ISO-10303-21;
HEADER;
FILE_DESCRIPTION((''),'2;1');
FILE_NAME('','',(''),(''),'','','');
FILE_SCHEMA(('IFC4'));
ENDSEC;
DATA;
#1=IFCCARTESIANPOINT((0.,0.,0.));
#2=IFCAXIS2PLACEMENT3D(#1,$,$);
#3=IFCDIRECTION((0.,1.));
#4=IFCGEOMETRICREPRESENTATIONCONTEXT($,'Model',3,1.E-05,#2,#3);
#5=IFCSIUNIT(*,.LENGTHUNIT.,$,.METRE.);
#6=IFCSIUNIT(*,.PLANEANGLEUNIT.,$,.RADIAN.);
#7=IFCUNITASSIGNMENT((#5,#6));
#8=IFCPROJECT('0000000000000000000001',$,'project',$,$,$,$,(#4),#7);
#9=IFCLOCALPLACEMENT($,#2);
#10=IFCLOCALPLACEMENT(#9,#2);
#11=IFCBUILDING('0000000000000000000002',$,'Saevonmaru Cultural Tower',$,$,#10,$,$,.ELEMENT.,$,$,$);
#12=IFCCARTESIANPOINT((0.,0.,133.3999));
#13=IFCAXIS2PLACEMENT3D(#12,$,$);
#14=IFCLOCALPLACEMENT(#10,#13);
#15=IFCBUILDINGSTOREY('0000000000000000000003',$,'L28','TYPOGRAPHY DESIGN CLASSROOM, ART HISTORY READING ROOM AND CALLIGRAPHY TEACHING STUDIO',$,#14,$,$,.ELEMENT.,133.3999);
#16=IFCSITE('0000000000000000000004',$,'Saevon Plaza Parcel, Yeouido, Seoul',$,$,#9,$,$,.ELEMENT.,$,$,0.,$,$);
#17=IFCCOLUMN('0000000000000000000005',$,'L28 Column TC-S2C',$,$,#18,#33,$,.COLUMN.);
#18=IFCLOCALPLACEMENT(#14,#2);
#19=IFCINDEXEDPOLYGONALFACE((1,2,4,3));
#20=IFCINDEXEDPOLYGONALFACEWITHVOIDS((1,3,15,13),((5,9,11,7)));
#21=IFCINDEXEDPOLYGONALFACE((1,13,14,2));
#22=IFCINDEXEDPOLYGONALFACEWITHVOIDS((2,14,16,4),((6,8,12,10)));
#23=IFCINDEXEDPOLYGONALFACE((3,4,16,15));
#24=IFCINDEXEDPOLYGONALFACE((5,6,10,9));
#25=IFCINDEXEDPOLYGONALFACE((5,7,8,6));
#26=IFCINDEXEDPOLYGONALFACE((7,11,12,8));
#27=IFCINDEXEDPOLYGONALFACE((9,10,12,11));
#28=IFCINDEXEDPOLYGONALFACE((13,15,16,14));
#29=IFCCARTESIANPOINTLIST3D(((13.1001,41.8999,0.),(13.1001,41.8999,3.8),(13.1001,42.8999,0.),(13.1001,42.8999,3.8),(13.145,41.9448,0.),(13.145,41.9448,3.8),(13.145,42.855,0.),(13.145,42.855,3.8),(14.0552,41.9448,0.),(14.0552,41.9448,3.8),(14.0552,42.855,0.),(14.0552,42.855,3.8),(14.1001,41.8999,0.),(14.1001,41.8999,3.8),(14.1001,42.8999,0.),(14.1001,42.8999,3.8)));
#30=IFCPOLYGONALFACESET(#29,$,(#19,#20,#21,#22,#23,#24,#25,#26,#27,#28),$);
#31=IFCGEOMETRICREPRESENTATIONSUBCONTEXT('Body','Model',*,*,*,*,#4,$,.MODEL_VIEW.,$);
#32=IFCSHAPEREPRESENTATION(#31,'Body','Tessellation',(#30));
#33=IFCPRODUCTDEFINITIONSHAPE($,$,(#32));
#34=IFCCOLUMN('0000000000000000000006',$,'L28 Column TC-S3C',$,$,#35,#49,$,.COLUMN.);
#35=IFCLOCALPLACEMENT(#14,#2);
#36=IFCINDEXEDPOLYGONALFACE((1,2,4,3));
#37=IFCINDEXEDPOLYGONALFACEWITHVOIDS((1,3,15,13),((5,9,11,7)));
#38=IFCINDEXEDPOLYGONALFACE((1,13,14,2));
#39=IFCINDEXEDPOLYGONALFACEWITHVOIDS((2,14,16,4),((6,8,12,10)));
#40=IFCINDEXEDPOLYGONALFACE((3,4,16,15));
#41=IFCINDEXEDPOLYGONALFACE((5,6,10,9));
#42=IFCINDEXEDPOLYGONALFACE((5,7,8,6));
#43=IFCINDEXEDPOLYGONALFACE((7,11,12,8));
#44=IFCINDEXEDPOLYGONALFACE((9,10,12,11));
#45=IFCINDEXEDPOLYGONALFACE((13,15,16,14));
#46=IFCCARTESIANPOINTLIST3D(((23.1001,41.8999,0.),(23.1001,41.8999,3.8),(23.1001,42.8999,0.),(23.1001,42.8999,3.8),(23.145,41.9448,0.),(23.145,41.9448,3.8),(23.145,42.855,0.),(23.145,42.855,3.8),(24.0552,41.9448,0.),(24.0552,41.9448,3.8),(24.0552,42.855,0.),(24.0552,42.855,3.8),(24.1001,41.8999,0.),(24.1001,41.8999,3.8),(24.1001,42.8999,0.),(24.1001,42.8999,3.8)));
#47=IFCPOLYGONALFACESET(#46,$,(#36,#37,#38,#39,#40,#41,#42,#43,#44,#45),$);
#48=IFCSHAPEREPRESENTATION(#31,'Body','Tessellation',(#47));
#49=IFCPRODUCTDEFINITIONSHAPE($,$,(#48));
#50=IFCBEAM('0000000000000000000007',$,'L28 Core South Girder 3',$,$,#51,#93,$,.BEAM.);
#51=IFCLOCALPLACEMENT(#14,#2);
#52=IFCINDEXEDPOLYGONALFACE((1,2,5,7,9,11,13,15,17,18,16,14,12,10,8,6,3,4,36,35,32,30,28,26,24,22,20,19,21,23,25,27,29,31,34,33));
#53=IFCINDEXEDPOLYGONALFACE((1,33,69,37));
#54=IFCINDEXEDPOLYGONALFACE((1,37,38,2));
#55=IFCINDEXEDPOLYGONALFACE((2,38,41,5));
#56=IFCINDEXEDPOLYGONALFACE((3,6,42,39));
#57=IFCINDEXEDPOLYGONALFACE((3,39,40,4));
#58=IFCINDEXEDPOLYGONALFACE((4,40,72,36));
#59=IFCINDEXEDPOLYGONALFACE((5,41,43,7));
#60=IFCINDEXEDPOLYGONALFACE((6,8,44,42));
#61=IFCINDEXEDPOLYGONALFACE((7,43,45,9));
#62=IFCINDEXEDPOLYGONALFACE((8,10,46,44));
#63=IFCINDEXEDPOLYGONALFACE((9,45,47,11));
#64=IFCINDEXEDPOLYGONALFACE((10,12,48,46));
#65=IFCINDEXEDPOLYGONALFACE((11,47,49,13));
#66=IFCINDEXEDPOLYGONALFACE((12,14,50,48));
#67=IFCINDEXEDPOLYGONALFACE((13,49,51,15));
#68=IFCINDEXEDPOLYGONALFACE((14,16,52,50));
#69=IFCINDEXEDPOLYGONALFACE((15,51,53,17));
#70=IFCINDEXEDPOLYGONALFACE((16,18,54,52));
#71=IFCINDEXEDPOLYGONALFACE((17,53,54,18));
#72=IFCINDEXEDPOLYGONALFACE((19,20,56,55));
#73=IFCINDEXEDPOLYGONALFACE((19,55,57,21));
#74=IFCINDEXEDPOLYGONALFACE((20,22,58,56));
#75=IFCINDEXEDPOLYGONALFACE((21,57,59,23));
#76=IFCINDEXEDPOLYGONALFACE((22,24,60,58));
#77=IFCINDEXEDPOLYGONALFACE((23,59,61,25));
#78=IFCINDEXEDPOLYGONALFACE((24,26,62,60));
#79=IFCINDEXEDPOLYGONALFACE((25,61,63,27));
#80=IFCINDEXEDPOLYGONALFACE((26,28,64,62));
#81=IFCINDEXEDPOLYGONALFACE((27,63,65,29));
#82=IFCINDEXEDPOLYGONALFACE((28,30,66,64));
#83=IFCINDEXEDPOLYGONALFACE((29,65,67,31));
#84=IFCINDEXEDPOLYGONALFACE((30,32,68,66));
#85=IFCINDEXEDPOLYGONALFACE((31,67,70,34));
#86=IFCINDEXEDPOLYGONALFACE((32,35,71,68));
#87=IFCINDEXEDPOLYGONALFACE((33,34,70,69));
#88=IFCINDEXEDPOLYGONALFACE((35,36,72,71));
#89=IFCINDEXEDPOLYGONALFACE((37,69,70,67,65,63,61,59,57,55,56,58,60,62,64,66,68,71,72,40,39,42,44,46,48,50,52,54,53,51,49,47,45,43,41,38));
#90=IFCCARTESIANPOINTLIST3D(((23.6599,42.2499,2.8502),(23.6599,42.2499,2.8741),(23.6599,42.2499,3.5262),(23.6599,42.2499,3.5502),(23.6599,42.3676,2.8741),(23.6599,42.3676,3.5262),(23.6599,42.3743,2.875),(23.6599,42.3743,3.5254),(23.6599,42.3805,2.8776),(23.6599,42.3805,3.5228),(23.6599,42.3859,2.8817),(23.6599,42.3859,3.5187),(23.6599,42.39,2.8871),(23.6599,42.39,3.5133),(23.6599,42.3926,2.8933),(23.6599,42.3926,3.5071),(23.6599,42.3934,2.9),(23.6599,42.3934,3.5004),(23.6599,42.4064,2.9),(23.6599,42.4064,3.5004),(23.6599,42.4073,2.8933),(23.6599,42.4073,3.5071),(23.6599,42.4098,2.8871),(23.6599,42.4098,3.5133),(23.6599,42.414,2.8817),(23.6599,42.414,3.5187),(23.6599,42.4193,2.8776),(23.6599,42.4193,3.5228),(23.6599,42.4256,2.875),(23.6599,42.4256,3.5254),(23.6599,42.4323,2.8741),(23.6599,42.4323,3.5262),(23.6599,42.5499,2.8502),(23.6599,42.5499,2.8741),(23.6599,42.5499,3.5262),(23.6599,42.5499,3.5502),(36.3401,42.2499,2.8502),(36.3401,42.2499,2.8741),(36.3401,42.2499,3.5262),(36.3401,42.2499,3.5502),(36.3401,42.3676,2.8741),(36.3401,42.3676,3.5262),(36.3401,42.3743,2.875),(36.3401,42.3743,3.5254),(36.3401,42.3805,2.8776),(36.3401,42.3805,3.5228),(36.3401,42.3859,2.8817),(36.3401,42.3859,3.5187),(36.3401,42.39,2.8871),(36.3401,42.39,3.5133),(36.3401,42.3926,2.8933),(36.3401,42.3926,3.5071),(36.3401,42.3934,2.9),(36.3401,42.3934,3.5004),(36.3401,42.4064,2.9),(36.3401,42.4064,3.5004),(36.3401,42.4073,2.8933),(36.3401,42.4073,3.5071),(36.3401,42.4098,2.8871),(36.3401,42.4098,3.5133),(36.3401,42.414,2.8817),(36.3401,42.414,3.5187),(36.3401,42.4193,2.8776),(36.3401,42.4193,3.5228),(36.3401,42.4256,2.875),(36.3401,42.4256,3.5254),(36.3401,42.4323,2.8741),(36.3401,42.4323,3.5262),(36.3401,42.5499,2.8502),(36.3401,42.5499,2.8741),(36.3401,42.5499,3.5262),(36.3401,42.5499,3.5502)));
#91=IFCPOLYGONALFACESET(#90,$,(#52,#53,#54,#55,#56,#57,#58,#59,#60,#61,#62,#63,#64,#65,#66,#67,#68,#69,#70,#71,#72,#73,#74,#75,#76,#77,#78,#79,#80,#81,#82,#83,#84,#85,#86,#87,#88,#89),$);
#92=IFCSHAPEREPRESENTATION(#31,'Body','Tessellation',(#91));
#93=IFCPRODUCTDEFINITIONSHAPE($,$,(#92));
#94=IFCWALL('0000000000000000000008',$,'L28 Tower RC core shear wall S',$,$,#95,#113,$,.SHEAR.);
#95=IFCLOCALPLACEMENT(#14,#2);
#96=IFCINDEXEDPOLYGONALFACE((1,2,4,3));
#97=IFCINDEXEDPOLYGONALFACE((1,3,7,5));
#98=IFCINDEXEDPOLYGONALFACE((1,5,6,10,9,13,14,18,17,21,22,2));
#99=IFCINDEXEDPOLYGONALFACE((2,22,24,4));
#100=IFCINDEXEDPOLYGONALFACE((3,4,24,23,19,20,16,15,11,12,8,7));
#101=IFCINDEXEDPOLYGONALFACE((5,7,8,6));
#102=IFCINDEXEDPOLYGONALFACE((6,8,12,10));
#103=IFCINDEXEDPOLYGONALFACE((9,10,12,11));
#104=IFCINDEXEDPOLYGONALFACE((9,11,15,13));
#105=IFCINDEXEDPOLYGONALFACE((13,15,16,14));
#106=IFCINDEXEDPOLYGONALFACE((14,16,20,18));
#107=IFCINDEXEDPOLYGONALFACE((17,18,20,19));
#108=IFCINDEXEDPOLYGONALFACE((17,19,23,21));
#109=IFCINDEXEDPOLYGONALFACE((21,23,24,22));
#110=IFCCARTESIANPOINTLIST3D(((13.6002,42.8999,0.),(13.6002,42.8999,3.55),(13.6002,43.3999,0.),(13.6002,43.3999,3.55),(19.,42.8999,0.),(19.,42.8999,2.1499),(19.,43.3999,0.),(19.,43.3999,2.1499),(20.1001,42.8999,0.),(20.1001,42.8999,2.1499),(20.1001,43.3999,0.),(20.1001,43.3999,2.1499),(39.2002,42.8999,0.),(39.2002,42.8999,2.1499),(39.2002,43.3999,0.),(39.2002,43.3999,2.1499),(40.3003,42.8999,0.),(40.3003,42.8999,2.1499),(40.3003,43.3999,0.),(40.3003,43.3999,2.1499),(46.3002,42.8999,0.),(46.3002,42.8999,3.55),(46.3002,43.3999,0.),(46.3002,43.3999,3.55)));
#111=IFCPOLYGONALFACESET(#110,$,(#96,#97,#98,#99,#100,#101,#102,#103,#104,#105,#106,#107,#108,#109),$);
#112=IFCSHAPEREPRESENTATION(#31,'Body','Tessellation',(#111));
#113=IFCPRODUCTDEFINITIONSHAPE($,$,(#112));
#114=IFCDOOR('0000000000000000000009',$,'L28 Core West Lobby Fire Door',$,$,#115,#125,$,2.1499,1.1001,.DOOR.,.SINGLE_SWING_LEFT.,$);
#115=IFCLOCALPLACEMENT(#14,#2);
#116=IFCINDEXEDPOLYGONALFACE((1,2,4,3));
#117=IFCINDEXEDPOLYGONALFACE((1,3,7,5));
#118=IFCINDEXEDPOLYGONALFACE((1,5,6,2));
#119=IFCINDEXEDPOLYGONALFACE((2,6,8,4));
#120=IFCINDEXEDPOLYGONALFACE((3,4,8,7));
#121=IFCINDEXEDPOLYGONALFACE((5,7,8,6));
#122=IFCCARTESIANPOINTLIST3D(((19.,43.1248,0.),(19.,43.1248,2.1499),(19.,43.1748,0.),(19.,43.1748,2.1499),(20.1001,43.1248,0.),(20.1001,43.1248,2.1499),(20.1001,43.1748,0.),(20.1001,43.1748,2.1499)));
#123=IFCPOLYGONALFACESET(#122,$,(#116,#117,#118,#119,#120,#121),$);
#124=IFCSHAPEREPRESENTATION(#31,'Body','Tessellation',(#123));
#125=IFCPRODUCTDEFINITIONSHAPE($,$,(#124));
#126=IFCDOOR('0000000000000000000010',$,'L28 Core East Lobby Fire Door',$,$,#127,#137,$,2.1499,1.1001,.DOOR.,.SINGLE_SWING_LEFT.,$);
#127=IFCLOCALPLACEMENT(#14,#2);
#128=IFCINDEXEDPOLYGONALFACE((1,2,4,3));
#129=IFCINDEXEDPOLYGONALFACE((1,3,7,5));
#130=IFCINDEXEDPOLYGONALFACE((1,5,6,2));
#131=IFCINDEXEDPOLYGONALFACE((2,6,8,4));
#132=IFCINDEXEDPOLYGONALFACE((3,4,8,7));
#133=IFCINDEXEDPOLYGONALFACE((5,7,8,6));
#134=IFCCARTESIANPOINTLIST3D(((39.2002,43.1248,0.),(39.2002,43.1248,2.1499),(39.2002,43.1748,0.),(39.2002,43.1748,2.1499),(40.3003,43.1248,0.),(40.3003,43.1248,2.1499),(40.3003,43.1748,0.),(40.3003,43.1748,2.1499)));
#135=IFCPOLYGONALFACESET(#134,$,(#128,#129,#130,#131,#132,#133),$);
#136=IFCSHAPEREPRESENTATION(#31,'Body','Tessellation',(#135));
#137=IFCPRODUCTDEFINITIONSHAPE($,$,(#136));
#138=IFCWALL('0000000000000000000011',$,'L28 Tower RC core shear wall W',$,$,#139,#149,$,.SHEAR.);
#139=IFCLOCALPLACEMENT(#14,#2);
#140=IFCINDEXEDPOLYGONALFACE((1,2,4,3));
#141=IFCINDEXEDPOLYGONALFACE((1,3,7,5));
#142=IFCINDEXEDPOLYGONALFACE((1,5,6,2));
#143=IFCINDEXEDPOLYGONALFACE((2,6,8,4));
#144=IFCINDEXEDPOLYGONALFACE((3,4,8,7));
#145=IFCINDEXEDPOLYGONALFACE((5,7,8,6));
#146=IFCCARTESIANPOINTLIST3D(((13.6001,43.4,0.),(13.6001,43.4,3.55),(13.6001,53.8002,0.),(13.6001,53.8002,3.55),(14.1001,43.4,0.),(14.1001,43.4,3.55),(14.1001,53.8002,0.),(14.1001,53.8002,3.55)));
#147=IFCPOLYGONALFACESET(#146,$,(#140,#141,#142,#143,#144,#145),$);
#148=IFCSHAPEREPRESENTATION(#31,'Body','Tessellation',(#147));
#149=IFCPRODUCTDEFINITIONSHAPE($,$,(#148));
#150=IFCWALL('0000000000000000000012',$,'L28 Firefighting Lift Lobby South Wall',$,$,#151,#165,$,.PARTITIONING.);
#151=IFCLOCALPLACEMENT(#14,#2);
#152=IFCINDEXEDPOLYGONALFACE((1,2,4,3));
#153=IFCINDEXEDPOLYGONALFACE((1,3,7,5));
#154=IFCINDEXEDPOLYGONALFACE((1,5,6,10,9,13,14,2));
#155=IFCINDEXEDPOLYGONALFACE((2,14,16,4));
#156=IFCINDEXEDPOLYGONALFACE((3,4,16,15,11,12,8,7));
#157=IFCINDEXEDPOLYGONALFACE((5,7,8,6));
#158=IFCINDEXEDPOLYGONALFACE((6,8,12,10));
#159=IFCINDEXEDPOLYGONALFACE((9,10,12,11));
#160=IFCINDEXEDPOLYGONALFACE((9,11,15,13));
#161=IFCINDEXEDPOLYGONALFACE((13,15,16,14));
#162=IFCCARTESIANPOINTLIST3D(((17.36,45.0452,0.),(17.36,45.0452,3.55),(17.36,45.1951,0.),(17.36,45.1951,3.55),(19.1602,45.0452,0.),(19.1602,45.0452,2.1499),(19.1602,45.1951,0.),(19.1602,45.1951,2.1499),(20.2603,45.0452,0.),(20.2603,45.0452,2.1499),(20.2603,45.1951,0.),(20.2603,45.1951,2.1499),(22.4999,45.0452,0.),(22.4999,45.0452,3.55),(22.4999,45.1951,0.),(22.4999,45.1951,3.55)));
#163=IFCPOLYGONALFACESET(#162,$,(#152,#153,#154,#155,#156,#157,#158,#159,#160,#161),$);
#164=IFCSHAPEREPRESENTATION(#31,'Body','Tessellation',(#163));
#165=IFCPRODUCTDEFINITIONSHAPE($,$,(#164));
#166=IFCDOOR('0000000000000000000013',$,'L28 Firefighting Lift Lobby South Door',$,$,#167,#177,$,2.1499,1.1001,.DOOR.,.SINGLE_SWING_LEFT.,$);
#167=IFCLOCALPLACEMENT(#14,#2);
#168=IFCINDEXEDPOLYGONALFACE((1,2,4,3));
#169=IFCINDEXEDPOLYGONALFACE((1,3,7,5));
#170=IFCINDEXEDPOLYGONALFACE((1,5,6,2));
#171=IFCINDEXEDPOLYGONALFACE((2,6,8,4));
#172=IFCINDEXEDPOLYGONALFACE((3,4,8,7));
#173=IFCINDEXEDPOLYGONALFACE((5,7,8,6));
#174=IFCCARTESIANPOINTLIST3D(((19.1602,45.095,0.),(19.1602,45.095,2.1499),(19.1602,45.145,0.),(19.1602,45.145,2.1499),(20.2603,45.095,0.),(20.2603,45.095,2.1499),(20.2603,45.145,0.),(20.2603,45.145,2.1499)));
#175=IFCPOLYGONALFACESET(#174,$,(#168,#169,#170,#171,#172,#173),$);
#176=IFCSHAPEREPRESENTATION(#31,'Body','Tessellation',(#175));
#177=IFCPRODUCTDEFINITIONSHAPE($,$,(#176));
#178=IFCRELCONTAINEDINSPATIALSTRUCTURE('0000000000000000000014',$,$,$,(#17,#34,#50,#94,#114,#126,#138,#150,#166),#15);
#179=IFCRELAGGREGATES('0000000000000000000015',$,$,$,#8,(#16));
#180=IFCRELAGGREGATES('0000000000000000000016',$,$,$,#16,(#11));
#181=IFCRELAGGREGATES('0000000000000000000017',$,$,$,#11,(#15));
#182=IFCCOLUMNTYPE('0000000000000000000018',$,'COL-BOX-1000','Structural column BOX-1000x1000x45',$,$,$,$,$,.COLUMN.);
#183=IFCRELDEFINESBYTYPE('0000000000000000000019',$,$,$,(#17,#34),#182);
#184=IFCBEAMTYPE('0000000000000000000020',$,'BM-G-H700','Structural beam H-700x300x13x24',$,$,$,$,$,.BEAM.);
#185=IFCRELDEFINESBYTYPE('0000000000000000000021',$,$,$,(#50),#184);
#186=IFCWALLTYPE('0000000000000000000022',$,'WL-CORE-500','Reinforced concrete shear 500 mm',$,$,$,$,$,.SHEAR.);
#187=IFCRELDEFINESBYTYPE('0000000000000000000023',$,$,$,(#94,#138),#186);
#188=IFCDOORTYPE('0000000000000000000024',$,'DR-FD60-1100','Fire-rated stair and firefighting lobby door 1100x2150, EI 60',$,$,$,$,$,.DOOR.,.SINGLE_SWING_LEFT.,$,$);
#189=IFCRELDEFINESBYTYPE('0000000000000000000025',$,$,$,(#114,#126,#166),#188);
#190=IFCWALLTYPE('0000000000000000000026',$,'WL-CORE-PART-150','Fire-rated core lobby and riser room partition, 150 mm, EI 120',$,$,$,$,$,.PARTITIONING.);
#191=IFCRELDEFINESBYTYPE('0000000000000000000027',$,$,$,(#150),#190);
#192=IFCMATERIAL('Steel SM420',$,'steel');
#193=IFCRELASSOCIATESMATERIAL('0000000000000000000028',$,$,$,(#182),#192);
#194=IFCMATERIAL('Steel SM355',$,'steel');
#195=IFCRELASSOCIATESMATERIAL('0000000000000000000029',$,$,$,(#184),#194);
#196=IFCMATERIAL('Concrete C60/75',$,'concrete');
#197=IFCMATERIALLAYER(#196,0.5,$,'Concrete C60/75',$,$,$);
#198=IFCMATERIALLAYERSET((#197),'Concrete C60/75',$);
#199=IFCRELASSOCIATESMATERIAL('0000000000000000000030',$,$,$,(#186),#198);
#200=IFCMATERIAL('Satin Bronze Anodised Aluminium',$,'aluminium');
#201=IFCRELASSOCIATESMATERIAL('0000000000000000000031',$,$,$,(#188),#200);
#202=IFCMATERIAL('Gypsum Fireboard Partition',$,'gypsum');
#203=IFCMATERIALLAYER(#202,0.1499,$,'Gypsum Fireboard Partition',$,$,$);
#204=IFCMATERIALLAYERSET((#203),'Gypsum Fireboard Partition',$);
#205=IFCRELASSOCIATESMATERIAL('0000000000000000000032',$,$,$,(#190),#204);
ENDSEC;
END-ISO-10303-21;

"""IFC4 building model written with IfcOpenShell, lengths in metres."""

from ifc_helpers import new_model, si_unit, direction, frame, frame_2d, origin, origin_2d, place, context, subcontext, project, spatial, rectangle, hollow_rectangle, i_section, extrude, material, layer, layer_set, material_profile, profile_set, type_object, element, fill, save


model = new_model("IFC4")

# Units and contexts
model_context = context("Model", 3, precision=1e-05, world=origin(), true_north=direction((0.0, 1.0)))
body_context = subcontext(model_context, "Body", "Model", "MODEL_VIEW")
ifc_project = project(units=[si_unit("LENGTHUNIT", "METRE"), si_unit("PLANEANGLEUNIT", "RADIAN")], contexts=[model_context])

# Site, building, storey
site_placement = place(None, origin())
site = spatial("IfcSite", under=ifc_project, at=site_placement, Name="Saevon Plaza Parcel, Yeouido, Seoul", CompositionType="ELEMENT", RefElevation=0.0)
building_placement = place(site_placement, origin())
building = spatial("IfcBuilding", under=site, at=building_placement, Name="Saevonmaru Cultural Tower", CompositionType="ELEMENT")
storey_placement = place(building_placement, frame((0.0, 0.0, 133.3999)))
storey = spatial("IfcBuildingStorey", under=building, at=storey_placement, Name="L28", Description="TYPOGRAPHY DESIGN CLASSROOM, ART HISTORY READING ROOM AND CALLIGRAPHY TEACHING STUDIO", CompositionType="ELEMENT", Elevation=133.3999)

# Columns
ifc_material_1 = material(Name="Steel SM420", Category="steel")
ifc_material_profile_1 = material_profile(ifc_material_1, hollow_rectangle(XDim=1.0, YDim=1.0, WallThickness=0.0449, at=origin_2d()), Name="BOX-1000x1000x45")
ifc_profile_set_1 = profile_set([ifc_material_profile_1], Name="Steel SM420")
column_type = type_object("IfcColumnType", Name="COL-BOX-1000", Description="Structural column BOX-1000x1000x45", PredefinedType="COLUMN", material=ifc_profile_set_1)
for number, where, z_axis, x_axis, name in (
    (1, (13.6001, 42.3999, 0.0), (0.0, 0.0, 1.0), (1.0, 0.0, 0.0), "L28 Column TC-S2C"),
    (2, (23.6001, 42.3999, 0.0), (0.0, 0.0, 1.0), (1.0, 0.0, 0.0), "L28 Column TC-S3C"),
):
    element("IfcColumn", number, at=place(storey_placement, frame(where, z_axis=z_axis, x_axis=x_axis)), inside=storey, type_object=column_type, Name=name, PredefinedType="COLUMN", context=body_context, shape_type="SweptSolid", body=[
        extrude(hollow_rectangle(XDim=1.0, YDim=1.0, WallThickness=0.0449, at=origin_2d()), origin(), (0.0, 0.0, 1.0), 3.8),
    ])

# Beam
ifc_material_2 = material(Name="Steel SM355", Category="steel")
ifc_material_profile_2 = material_profile(ifc_material_2, i_section(OverallWidth=0.3, OverallDepth=0.7, WebThickness=0.0129, FlangeThickness=0.0239, FilletRadius=0.0259, at=origin_2d()), Name="H-700x300x13x24")
ifc_profile_set_2 = profile_set([ifc_material_profile_2], Name="Steel SM355")
beam_type = type_object("IfcBeamType", Name="BM-G-H700", Description="Structural beam H-700x300x13x24", PredefinedType="BEAM", material=ifc_profile_set_2)
beam_placement = place(storey_placement, frame((23.6599, 42.3999, 3.2002), z_axis=(1.0, 0.0, 0.0), x_axis=(0.0, 1.0, 0.0)))
element("IfcBeam", 3, at=beam_placement, inside=storey, type_object=beam_type, Name="L28 Core South Girder 3", PredefinedType="BEAM", context=body_context, shape_type="SweptSolid", body=[
    extrude(i_section(OverallWidth=0.3, OverallDepth=0.7, WebThickness=0.0129, FlangeThickness=0.0239, FilletRadius=0.0259, at=origin_2d()), origin(), (0.0, 0.0, 1.0), 12.6802),
])

# Wall, openings, doors
ifc_material_3 = material(Name="Concrete C60/75", Category="concrete")
ifc_layer_1 = layer(ifc_material_3, 0.5, Name="Concrete C60/75")
ifc_layer_set_1 = layer_set([ifc_layer_1], Name="Concrete C60/75")
wall_type_1 = type_object("IfcWallType", Name="WL-CORE-500", Description="Reinforced concrete shear 500 mm", PredefinedType="SHEAR", material=ifc_layer_set_1)
wall_1_placement = place(storey_placement, frame((13.6001, 43.1499, 0.0), z_axis=(0.0, 0.0, 1.0), x_axis=(1.0, 0.0, 0.0)))
wall_1 = element("IfcWall", 4, at=wall_1_placement, inside=storey, type_object=wall_type_1, Name="L28 Tower RC core shear wall S", PredefinedType="SHEAR", context=body_context, shape_type="SweptSolid", body=[
    extrude(rectangle(XDim=32.7, YDim=0.5, at=frame_2d((16.3501, 0.0))), origin(), (0.0, 0.0, 1.0), 3.55),
])
opening_1_placement = place(wall_1_placement, frame((5.3999, 0.0, 0.0)))
opening_1 = element("IfcOpeningElement", 5, at=opening_1_placement, cuts=wall_1, PredefinedType="OPENING", context=body_context, shape_type="SweptSolid", body=[
    extrude(rectangle(XDim=1.1001, YDim=2.1499, at=frame_2d((0.55, 1.075))), frame((0.0, 0.26, 0.0), z_axis=(0.0, -1.0, 0.0), x_axis=(1.0, 0.0, 0.0)), (0.0, 0.0, 1.0), 0.52),
])
opening_2_placement = place(wall_1_placement, frame((25.6001, 0.0, 0.0)))
opening_2 = element("IfcOpeningElement", 6, at=opening_2_placement, cuts=wall_1, PredefinedType="OPENING", context=body_context, shape_type="SweptSolid", body=[
    extrude(rectangle(XDim=1.1001, YDim=2.1499, at=frame_2d((0.55, 1.075))), frame((0.0, 0.26, 0.0), z_axis=(0.0, -1.0, 0.0), x_axis=(1.0, 0.0, 0.0)), (0.0, 0.0, 1.0), 0.52),
])
ifc_material_4 = material(Name="Satin Bronze Anodised Aluminium", Category="aluminium")
door_type_1 = type_object("IfcDoorType", Name="DR-FD60-1100", Description="Fire-rated stair and firefighting lobby door 1100x2150, EI 60", OperationType="SINGLE_SWING_LEFT", PredefinedType="DOOR", material=ifc_material_4)
door_1_placement = place(opening_1_placement, origin())
door_1 = element("IfcDoor", 7, at=door_1_placement, inside=storey, type_object=door_type_1, Name="L28 Core West Lobby Fire Door", OperationType="SINGLE_SWING_LEFT", OverallHeight=2.1499, OverallWidth=1.1001, PredefinedType="DOOR", context=body_context, shape_type="SweptSolid", body=[
    extrude(rectangle(XDim=1.1001, YDim=2.1499, at=frame_2d((0.55, 1.075))), frame((0.0, 0.0249, 0.0), z_axis=(0.0, -1.0, 0.0), x_axis=(1.0, 0.0, 0.0)), (0.0, 0.0, 1.0), 0.05),
])
fill(opening_1, door_1)
door_2_placement = place(opening_2_placement, origin())
door_2 = element("IfcDoor", 8, at=door_2_placement, inside=storey, type_object=door_type_1, Name="L28 Core East Lobby Fire Door", OperationType="SINGLE_SWING_LEFT", OverallHeight=2.1499, OverallWidth=1.1001, PredefinedType="DOOR", context=body_context, shape_type="SweptSolid", body=[
    extrude(rectangle(XDim=1.1001, YDim=2.1499, at=frame_2d((0.55, 1.075))), frame((0.0, 0.0249, 0.0), z_axis=(0.0, -1.0, 0.0), x_axis=(1.0, 0.0, 0.0)), (0.0, 0.0, 1.0), 0.05),
])
fill(opening_2, door_2)

# Wall
wall_2_placement = place(storey_placement, frame((13.8501, 43.3999, 0.0), z_axis=(0.0, 0.0, 1.0), x_axis=(0.0, 1.0, 0.0)))
element("IfcWall", 9, at=wall_2_placement, inside=storey, type_object=wall_type_1, Name="L28 Tower RC core shear wall W", PredefinedType="SHEAR", context=body_context, shape_type="SweptSolid", body=[
    extrude(rectangle(XDim=10.4001, YDim=0.5, at=frame_2d((5.2002, 0.0))), origin(), (0.0, 0.0, 1.0), 3.55),
])

# Wall, opening, door
ifc_material_5 = material(Name="Gypsum Fireboard Partition", Category="gypsum")
ifc_layer_2 = layer(ifc_material_5, 0.1499, Name="Gypsum Fireboard Partition")
ifc_layer_set_2 = layer_set([ifc_layer_2], Name="Gypsum Fireboard Partition")
wall_type_2 = type_object("IfcWallType", Name="WL-CORE-PART-150", Description="Fire-rated core lobby and riser room partition, 150 mm, EI 120", PredefinedType="PARTITIONING", material=ifc_layer_set_2)
wall_3_placement = place(storey_placement, frame((17.3601, 45.1201, 0.0), z_axis=(0.0, 0.0, 1.0), x_axis=(1.0, 0.0, 0.0)))
wall_3 = element("IfcWall", 10, at=wall_3_placement, inside=storey, type_object=wall_type_2, Name="L28 Firefighting Lift Lobby South Wall", PredefinedType="PARTITIONING", context=body_context, shape_type="SweptSolid", body=[
    extrude(rectangle(XDim=5.1399, YDim=0.1499, at=frame_2d((2.5698, 0.0))), origin(), (0.0, 0.0, 1.0), 3.55),
])
opening_3_placement = place(wall_3_placement, frame((1.8, 0.0, 0.0)))
opening_3 = element("IfcOpeningElement", 11, at=opening_3_placement, cuts=wall_3, PredefinedType="OPENING", context=body_context, shape_type="SweptSolid", body=[
    extrude(rectangle(XDim=1.1001, YDim=2.1499, at=frame_2d((0.55, 1.075))), frame((0.0, 0.085, 0.0), z_axis=(0.0, -1.0, 0.0), x_axis=(1.0, 0.0, 0.0)), (0.0, 0.0, 1.0), 0.1699),
])
door_3_placement = place(opening_3_placement, origin())
door_3 = element("IfcDoor", 12, at=door_3_placement, inside=storey, type_object=door_type_1, Name="L28 Firefighting Lift Lobby South Door", OperationType="SINGLE_SWING_LEFT", OverallHeight=2.1499, OverallWidth=1.1001, PredefinedType="DOOR", context=body_context, shape_type="SweptSolid", body=[
    extrude(rectangle(XDim=1.1001, YDim=2.1499, at=frame_2d((0.55, 1.075))), frame((0.0, 0.0249, 0.0), z_axis=(0.0, -1.0, 0.0), x_axis=(1.0, 0.0, 0.0)), (0.0, 0.0, 1.0), 0.05),
])
fill(opening_3, door_3)

save(model, "model.ifc")
